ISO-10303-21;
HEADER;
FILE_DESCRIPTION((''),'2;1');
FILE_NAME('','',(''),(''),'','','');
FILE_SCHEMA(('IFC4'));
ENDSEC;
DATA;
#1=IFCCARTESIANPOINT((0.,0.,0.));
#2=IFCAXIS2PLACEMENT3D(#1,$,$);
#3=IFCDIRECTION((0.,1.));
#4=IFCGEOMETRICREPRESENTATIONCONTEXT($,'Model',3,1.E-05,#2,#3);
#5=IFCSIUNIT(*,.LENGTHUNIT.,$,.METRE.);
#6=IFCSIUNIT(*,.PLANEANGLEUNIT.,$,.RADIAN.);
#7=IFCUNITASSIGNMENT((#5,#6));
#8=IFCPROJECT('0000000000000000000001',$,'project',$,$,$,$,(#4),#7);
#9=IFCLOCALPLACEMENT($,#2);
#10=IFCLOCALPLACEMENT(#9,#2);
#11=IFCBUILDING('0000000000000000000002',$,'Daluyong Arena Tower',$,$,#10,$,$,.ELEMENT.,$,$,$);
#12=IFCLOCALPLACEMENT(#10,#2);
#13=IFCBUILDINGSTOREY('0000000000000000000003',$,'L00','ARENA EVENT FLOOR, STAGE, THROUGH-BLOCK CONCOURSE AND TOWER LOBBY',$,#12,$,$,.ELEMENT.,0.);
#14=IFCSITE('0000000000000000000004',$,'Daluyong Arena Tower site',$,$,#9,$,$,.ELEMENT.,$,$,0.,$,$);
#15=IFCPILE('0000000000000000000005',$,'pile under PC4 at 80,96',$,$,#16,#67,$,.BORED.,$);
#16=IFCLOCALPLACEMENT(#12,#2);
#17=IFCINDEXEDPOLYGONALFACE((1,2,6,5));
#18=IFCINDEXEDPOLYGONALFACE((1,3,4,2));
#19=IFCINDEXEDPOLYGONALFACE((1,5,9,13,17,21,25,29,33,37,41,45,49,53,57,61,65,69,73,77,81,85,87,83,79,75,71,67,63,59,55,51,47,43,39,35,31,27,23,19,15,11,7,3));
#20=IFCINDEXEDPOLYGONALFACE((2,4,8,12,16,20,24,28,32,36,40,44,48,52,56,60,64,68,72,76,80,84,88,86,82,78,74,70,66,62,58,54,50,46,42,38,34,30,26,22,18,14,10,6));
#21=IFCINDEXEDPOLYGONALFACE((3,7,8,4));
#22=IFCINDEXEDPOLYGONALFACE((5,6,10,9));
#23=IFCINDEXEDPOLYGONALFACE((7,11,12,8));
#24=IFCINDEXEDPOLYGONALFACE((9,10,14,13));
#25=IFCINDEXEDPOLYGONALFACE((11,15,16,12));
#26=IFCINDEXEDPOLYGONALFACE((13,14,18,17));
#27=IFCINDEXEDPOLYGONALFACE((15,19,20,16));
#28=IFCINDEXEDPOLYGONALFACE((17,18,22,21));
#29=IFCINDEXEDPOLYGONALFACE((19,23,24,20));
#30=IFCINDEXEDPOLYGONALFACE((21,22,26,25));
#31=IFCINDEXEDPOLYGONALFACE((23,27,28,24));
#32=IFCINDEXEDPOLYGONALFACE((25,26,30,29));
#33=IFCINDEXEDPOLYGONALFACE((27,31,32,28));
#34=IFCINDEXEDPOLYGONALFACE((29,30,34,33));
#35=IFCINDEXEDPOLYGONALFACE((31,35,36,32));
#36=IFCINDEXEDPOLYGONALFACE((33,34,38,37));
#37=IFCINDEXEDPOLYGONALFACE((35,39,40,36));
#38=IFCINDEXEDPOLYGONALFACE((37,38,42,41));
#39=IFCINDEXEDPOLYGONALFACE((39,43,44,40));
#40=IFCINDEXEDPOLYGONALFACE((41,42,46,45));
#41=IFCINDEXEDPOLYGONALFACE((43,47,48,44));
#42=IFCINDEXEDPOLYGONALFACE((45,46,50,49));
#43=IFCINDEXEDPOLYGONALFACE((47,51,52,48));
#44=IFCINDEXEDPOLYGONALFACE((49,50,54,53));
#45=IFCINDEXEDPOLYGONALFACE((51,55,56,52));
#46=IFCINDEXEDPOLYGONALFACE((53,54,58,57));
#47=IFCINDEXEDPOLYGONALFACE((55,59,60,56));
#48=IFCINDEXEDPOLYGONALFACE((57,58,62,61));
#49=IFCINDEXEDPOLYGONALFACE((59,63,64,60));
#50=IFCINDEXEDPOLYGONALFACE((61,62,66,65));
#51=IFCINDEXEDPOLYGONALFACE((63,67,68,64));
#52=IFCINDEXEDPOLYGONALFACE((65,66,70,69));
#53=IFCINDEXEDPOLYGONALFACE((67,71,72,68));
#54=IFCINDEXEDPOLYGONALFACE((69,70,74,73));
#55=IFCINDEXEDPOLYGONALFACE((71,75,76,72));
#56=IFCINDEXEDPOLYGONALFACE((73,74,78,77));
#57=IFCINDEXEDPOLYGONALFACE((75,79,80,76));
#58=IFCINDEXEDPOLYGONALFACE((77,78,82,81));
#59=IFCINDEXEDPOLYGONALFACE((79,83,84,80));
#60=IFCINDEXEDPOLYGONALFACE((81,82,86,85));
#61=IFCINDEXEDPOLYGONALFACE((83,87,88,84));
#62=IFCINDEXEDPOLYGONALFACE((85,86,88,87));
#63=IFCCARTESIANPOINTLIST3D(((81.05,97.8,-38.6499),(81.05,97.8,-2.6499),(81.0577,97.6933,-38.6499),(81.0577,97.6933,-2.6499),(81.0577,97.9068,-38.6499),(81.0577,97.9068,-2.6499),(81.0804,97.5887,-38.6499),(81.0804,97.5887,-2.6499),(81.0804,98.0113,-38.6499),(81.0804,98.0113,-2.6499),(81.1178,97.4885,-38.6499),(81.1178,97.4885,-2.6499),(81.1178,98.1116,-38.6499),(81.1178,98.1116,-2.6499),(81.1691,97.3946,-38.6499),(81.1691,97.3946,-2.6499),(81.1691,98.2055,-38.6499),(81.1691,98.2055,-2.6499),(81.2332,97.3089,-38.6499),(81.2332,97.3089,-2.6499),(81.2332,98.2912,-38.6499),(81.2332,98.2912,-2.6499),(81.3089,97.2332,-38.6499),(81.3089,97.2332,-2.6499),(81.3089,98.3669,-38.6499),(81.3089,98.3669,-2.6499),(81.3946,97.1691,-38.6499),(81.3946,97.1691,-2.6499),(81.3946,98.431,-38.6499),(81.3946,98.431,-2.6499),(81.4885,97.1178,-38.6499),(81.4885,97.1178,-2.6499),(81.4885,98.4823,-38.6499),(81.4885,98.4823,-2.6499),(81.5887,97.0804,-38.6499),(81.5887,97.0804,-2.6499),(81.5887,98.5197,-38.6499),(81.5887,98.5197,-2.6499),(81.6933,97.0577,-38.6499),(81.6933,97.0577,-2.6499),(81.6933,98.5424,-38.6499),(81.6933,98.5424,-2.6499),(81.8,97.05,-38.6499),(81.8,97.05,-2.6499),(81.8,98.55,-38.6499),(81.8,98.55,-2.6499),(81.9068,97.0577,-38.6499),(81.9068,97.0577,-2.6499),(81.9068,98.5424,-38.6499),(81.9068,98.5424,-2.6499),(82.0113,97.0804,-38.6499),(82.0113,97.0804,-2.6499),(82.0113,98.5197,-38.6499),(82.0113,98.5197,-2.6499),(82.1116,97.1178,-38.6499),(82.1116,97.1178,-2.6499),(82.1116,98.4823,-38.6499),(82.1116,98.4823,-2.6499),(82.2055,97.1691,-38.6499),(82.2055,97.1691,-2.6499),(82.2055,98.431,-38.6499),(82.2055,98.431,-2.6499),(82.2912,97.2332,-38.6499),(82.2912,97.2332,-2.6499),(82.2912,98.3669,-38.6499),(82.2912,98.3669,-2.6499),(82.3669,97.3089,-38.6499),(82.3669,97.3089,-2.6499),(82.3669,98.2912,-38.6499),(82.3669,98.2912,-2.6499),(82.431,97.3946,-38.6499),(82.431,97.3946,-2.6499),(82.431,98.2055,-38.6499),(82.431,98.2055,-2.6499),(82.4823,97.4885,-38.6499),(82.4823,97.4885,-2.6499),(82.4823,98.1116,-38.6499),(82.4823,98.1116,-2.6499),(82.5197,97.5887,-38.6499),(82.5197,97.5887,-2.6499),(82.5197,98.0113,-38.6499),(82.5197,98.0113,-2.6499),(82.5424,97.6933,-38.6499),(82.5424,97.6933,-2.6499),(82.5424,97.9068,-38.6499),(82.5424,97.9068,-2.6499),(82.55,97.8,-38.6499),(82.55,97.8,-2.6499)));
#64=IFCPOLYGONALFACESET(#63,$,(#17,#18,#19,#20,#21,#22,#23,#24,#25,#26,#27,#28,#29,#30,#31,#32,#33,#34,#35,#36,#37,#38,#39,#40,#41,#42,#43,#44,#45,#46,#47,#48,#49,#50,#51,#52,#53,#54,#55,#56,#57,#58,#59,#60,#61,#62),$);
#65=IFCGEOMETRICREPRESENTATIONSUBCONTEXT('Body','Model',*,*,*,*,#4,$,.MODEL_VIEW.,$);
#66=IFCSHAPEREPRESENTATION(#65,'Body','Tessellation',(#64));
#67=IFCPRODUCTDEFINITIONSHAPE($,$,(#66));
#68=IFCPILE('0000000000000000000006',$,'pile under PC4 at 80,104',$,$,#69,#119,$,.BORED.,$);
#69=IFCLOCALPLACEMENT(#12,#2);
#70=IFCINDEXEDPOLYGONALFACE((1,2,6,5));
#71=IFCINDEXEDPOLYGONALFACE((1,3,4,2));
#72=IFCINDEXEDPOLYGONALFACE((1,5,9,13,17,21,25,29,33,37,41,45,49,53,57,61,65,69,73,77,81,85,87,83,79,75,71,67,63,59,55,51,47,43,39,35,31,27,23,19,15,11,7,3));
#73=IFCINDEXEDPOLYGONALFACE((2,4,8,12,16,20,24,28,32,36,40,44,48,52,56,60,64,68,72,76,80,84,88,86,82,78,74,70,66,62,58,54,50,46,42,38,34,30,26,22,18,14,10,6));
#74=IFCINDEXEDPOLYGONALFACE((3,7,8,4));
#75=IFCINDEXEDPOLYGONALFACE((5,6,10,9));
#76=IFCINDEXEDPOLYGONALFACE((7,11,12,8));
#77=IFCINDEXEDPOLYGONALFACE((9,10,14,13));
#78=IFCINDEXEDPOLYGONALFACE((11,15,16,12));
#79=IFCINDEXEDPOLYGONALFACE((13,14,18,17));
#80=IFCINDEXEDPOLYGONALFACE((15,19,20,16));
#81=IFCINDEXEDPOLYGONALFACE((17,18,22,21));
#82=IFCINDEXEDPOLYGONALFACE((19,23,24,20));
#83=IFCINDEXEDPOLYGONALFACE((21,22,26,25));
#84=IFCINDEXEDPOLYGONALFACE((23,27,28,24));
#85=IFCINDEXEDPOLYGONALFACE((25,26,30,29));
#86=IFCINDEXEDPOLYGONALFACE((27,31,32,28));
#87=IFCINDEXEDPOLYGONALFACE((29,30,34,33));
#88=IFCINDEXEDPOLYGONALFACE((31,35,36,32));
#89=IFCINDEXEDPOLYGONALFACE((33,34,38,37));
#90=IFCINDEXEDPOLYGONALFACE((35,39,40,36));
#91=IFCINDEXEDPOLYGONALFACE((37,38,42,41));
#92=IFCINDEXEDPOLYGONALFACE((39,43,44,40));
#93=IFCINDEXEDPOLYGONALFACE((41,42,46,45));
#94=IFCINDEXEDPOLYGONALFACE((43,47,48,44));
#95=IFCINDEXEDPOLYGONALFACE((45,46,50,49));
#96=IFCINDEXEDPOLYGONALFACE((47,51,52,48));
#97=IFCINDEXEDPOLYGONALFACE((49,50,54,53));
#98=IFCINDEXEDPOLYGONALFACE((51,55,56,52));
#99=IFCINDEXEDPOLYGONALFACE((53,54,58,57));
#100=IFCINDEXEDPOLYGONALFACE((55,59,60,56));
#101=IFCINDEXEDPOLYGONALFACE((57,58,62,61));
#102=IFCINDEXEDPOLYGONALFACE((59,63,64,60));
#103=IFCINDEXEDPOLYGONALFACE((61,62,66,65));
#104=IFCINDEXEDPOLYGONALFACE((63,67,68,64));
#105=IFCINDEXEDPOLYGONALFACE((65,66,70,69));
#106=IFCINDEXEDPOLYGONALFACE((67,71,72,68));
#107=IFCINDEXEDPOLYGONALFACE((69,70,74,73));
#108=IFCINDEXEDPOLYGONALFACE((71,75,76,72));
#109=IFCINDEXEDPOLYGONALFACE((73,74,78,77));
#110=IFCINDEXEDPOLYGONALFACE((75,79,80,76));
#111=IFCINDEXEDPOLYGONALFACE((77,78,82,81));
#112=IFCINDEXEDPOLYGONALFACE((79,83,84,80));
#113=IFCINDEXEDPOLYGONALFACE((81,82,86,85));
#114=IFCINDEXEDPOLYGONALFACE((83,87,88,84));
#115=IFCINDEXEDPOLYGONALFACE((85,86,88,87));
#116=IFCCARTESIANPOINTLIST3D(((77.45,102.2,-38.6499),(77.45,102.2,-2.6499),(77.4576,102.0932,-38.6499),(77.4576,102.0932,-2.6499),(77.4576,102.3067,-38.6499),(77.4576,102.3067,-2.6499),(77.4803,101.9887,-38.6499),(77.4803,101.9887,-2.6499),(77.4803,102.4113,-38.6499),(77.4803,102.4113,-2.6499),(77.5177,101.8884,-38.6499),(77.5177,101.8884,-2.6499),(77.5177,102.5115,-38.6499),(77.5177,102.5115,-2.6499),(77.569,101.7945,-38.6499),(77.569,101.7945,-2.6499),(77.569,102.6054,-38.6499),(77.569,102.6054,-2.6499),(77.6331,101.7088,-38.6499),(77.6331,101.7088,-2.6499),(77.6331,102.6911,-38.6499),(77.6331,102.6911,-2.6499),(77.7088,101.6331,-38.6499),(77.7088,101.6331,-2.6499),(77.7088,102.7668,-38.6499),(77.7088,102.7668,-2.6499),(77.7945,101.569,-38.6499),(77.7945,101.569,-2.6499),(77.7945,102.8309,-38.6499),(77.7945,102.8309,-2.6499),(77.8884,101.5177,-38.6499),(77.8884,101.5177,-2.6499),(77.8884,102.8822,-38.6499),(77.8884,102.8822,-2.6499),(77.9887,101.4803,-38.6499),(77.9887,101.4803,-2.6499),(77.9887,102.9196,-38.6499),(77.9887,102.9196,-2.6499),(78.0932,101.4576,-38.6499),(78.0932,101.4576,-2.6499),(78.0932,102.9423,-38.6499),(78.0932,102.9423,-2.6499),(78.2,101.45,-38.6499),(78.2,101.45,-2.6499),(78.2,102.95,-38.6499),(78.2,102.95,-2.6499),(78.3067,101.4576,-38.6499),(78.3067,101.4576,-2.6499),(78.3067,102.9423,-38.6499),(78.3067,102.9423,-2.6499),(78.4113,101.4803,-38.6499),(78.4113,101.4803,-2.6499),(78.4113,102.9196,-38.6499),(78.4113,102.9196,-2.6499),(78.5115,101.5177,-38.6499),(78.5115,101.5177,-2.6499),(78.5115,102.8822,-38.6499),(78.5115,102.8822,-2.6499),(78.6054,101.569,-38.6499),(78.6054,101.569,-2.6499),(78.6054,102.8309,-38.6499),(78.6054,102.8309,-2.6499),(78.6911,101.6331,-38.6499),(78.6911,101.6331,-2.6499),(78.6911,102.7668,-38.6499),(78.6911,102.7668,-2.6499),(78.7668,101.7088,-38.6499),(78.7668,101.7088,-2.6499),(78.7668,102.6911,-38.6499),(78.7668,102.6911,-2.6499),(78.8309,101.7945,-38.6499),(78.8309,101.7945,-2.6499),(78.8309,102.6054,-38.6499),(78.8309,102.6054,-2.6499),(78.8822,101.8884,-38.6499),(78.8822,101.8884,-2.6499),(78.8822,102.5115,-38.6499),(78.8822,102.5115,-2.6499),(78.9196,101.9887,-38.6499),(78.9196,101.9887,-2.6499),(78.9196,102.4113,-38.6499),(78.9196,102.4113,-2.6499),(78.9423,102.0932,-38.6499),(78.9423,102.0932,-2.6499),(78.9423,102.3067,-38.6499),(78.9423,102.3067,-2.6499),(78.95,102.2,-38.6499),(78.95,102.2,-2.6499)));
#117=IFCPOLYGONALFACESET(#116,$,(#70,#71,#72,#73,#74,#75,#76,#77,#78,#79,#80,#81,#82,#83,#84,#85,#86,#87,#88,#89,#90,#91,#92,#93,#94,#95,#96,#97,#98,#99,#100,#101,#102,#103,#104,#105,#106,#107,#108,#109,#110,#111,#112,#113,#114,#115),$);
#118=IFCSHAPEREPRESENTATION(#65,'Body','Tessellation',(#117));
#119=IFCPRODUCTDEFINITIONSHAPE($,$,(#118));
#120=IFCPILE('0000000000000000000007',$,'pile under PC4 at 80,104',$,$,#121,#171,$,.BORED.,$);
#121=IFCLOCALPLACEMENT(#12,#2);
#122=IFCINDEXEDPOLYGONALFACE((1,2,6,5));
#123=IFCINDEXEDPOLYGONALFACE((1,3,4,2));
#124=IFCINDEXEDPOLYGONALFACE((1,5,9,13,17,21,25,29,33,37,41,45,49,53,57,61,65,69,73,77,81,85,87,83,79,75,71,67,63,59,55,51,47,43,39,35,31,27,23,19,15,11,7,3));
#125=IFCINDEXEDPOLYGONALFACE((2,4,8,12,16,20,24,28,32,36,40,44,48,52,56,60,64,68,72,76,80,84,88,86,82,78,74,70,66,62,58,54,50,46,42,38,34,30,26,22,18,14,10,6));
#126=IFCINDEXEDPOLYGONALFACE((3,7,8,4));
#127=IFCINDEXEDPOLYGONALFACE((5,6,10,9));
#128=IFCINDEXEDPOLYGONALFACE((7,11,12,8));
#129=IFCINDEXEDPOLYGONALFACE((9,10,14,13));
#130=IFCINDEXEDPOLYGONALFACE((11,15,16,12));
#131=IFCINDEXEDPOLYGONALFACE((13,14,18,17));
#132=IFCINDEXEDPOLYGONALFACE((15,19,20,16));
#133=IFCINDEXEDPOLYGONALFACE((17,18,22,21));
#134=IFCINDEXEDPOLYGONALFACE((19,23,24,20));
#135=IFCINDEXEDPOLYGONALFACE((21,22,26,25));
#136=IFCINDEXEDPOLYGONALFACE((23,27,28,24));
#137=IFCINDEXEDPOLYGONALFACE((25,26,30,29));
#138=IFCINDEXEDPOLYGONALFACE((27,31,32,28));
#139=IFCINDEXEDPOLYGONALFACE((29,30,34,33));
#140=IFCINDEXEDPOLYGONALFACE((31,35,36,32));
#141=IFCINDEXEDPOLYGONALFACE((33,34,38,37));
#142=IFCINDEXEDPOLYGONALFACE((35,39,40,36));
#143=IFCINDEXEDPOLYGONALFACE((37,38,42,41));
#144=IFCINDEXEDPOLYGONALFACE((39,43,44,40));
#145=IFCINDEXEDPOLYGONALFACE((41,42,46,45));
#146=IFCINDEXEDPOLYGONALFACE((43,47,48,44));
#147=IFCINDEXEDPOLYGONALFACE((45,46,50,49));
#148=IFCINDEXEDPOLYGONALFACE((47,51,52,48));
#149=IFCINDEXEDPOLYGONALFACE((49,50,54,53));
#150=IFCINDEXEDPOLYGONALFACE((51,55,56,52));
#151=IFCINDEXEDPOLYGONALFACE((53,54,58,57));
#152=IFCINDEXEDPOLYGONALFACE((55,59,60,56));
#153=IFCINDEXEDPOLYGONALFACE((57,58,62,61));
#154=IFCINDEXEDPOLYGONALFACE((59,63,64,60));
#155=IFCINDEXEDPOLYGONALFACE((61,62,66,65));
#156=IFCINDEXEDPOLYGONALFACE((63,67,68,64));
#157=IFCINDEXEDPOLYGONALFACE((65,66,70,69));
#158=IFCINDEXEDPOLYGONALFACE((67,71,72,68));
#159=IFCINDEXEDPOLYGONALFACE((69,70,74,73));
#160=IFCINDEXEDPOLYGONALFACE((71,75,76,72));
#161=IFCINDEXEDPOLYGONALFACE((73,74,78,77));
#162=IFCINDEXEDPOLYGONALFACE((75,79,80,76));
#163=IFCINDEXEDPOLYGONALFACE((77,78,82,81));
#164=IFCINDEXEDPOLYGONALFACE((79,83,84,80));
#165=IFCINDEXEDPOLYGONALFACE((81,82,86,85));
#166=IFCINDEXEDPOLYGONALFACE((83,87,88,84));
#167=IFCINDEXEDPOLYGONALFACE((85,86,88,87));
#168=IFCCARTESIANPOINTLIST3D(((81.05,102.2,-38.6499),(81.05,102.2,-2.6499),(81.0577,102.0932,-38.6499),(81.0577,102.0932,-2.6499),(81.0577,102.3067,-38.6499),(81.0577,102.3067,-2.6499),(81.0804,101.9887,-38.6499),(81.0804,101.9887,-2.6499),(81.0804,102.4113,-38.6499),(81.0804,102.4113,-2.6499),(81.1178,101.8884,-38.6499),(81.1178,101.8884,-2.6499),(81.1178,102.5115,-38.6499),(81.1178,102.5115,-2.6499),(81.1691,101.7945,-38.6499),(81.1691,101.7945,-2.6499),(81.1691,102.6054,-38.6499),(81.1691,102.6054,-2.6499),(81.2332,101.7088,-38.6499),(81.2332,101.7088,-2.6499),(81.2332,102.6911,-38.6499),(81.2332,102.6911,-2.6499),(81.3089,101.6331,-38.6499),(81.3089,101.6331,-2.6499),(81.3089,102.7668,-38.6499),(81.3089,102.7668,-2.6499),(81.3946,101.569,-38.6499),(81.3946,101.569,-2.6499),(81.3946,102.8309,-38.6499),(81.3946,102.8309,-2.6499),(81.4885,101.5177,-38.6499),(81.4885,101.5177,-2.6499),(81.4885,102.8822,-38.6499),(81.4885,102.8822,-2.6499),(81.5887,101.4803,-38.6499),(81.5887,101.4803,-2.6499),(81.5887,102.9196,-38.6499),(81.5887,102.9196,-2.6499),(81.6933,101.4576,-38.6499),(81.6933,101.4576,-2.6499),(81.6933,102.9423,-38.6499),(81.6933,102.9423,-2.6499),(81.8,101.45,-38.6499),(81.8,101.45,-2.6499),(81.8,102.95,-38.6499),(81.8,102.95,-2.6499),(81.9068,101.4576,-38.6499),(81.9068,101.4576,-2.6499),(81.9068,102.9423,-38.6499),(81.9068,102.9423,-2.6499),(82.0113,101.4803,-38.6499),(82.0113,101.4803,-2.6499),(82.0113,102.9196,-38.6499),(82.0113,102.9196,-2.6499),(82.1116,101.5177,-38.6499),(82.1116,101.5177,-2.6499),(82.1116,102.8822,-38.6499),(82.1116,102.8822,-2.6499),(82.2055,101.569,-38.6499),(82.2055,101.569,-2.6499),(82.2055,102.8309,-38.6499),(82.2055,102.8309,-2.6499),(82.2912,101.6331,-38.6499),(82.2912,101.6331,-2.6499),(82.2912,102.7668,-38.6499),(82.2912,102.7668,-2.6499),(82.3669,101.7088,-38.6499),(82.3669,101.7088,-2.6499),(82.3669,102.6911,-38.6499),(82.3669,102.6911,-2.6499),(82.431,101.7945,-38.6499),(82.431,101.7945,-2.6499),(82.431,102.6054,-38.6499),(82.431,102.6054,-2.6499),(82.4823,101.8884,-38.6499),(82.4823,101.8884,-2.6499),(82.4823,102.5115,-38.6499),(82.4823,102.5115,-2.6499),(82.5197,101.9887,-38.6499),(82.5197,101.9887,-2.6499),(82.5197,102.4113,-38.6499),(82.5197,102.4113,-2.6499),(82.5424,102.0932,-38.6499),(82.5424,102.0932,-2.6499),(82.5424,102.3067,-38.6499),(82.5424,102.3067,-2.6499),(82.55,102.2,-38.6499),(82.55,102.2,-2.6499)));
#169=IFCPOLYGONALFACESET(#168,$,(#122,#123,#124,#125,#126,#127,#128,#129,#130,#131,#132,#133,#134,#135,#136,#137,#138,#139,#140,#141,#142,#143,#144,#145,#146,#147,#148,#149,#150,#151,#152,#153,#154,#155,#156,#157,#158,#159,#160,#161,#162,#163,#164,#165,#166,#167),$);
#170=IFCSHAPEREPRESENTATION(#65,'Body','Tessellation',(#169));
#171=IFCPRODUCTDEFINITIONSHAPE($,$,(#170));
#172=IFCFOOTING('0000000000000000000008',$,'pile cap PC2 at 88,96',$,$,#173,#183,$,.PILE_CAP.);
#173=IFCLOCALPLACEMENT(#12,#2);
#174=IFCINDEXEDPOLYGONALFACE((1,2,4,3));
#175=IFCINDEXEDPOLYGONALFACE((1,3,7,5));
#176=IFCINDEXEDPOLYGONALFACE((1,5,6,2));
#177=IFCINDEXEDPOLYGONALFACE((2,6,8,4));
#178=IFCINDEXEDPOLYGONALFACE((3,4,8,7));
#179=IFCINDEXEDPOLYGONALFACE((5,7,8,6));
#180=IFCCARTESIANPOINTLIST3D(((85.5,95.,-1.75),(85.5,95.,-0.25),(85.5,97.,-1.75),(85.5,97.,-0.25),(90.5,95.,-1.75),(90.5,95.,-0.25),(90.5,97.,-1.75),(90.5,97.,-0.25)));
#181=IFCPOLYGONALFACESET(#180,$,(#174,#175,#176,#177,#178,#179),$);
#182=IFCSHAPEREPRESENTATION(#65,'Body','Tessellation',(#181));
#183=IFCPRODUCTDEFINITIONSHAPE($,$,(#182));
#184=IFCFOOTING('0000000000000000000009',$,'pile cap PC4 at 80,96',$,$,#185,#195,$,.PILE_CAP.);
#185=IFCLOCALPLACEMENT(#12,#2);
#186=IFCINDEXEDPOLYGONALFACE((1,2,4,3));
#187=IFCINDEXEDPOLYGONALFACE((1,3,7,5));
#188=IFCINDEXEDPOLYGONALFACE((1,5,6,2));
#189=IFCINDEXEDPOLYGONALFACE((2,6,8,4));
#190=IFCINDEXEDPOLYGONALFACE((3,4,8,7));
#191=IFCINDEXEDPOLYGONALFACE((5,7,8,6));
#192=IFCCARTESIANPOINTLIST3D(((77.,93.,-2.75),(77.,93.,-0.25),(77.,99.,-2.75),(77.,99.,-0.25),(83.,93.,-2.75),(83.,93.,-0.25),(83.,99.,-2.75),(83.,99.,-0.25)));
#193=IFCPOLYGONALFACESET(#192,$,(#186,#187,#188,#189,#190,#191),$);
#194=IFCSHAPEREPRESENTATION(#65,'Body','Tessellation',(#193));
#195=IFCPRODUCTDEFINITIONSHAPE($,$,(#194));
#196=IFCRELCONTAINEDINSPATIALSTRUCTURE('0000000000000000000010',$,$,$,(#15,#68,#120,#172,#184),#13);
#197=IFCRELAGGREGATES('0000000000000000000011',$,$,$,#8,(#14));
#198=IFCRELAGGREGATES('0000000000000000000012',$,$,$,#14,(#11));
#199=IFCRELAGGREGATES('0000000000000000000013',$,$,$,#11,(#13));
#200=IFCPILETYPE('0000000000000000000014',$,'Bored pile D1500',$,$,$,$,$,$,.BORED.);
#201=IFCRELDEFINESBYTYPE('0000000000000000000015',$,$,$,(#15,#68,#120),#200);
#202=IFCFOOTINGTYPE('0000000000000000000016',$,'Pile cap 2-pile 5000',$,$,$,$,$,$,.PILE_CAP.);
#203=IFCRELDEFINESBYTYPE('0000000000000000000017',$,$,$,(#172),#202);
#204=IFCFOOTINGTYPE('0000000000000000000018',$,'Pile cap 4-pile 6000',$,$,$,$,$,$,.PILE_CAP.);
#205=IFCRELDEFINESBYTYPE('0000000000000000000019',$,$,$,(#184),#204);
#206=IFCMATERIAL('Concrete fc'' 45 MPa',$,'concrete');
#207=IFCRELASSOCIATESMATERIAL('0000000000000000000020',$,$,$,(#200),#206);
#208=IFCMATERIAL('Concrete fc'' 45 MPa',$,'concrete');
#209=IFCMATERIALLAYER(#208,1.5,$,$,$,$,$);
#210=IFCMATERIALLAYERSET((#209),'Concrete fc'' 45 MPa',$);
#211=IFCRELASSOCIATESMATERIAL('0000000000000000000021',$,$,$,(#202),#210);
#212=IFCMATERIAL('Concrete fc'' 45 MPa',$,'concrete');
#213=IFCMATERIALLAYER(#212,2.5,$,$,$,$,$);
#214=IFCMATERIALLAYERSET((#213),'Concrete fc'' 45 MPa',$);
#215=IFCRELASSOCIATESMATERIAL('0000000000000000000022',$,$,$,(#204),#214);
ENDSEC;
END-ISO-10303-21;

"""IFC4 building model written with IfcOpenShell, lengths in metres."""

from ifc_helpers import new_model, si_unit, direction, frame, origin, origin_2d, place, context, subcontext, project, spatial, rectangle, circle, extrude, material, layer, layer_set, type_object, element, save


model = new_model("IFC4")

# Units and contexts
model_context = context("Model", 3, precision=1e-05, world=origin(), true_north=direction((0.0, 1.0)))
body_context = subcontext(model_context, "Body", "Model", "MODEL_VIEW")
ifc_project = project(units=[si_unit("LENGTHUNIT", "METRE"), si_unit("PLANEANGLEUNIT", "RADIAN")], contexts=[model_context])

# Site, building, storey
site_placement = place(None, origin())
site = spatial("IfcSite", under=ifc_project, at=site_placement, Name="Daluyong Arena Tower site", CompositionType="ELEMENT", RefElevation=0.0)
building_placement = place(site_placement, origin())
building = spatial("IfcBuilding", under=site, at=building_placement, Name="Daluyong Arena Tower", CompositionType="ELEMENT")
storey_placement = place(building_placement, origin())
storey = spatial("IfcBuildingStorey", under=building, at=storey_placement, Name="L00", Description="ARENA EVENT FLOOR, STAGE, THROUGH-BLOCK CONCOURSE AND TOWER LOBBY", CompositionType="ELEMENT", Elevation=0.0)

# Piles
ifc_material_1 = material(Name="Concrete fc' 45 MPa", Category="concrete")
pile_type_1 = type_object("IfcPileType", Name="Bored pile D1500", PredefinedType="BORED", material=ifc_material_1)
for number, where, z_axis, x_axis, name in (
    (1, (81.8, 97.8, -2.6499), (0.0, 0.0, -1.0), (1.0, 0.0, 0.0), "pile under PC4 at 80,96"),
    (2, (78.2, 102.2, -2.6499), (0.0, 0.0, -1.0), (1.0, 0.0, 0.0), "pile under PC4 at 80,104"),
    (3, (81.8, 102.2, -2.6499), (0.0, 0.0, -1.0), (1.0, 0.0, 0.0), "pile under PC4 at 80,104"),
):
    element("IfcPile", number, at=place(storey_placement, frame(where, z_axis=z_axis, x_axis=x_axis)), inside=storey, type_object=pile_type_1, Name=name, PredefinedType="BORED", context=body_context, shape_type="SweptSolid", body=[
        extrude(circle(Radius=0.75, at=origin_2d()), origin(), (0.0, 0.0, 1.0), 36.0),
    ])

# Footings
ifc_material_2 = material(Name="Concrete fc' 45 MPa", Category="concrete")
ifc_layer_1 = layer(ifc_material_2, 1.5)
ifc_layer_set_1 = layer_set([ifc_layer_1], Name="Concrete fc' 45 MPa")
footing_type_1 = type_object("IfcFootingType", Name="Pile cap 2-pile 5000", PredefinedType="PILE_CAP", material=ifc_layer_set_1)
footing_1_placement = place(storey_placement, frame((88.0, 96.0, -1.75), z_axis=(0.0, 0.0, 1.0), x_axis=(1.0, 0.0, 0.0)))
element("IfcFooting", 4, at=footing_1_placement, inside=storey, type_object=footing_type_1, Name="pile cap PC2 at 88,96", PredefinedType="PILE_CAP", context=body_context, shape_type="SweptSolid", body=[
    extrude(rectangle(XDim=5.0, YDim=2.0, at=origin_2d()), origin(), (0.0, 0.0, 1.0), 1.5),
])
ifc_material_3 = material(Name="Concrete fc' 45 MPa", Category="concrete")
ifc_layer_2 = layer(ifc_material_3, 2.5)
ifc_layer_set_2 = layer_set([ifc_layer_2], Name="Concrete fc' 45 MPa")
footing_type_2 = type_object("IfcFootingType", Name="Pile cap 4-pile 6000", PredefinedType="PILE_CAP", material=ifc_layer_set_2)
footing_2_placement = place(storey_placement, frame((80.0, 96.0, -2.75), z_axis=(0.0, 0.0, 1.0), x_axis=(1.0, 0.0, 0.0)))
element("IfcFooting", 5, at=footing_2_placement, inside=storey, type_object=footing_type_2, Name="pile cap PC4 at 80,96", PredefinedType="PILE_CAP", context=body_context, shape_type="SweptSolid", body=[
    extrude(rectangle(XDim=6.0, YDim=6.0, at=origin_2d()), origin(), (0.0, 0.0, 1.0), 2.5),
])

save(model, "model.ifc")
